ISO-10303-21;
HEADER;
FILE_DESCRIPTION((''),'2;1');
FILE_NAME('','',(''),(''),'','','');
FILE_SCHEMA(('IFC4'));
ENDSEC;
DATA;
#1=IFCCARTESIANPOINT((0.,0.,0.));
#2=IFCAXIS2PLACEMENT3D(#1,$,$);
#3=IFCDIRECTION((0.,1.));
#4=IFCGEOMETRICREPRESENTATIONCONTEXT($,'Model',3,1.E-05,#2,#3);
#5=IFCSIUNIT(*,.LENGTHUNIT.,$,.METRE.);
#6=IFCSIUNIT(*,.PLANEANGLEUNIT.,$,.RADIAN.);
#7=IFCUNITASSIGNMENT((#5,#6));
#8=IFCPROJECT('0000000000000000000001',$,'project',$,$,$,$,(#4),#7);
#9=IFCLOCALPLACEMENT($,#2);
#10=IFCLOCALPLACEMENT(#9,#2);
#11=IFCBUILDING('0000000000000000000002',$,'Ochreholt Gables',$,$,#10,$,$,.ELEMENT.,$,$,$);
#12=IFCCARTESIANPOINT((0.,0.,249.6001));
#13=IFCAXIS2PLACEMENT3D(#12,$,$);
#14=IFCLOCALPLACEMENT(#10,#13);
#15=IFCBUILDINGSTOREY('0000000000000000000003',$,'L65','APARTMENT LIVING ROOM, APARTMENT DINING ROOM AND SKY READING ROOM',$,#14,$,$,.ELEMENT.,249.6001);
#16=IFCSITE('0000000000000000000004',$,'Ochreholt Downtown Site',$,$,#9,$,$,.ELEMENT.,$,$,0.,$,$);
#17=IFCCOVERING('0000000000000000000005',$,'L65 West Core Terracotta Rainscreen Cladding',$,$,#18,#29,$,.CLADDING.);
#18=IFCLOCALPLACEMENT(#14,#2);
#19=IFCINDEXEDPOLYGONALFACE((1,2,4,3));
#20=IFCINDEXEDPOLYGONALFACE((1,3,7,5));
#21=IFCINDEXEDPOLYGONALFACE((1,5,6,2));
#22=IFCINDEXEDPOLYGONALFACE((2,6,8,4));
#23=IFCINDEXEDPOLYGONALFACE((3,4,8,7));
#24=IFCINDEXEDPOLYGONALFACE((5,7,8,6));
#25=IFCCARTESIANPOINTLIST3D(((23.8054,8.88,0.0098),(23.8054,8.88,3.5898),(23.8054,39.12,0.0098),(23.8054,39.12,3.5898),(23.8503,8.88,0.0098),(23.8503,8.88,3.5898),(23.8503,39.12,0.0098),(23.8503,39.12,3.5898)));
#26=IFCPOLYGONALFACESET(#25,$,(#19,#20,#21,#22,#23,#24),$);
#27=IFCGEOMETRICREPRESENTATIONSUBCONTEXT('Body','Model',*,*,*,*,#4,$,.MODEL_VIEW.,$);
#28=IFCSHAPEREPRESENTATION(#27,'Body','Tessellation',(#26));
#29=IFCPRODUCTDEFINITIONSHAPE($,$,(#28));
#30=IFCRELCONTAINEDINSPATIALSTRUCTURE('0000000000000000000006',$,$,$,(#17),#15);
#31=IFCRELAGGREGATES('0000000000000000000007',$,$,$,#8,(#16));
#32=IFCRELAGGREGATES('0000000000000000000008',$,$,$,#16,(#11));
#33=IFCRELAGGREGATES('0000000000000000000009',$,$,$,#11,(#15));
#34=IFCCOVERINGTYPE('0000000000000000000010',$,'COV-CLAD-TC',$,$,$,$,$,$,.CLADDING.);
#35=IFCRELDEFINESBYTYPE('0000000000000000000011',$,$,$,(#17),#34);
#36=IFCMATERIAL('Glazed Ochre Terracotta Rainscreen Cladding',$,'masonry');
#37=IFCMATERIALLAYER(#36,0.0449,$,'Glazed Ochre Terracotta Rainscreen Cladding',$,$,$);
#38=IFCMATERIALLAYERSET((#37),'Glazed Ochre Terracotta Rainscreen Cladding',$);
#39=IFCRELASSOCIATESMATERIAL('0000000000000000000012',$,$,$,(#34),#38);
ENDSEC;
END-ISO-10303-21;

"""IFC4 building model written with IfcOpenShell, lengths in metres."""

from ifc_helpers import new_model, si_unit, direction, frame, origin, origin_2d, place, context, subcontext, project, spatial, rectangle, extrude, material, layer, layer_set, type_object, element, save


model = new_model("IFC4")

# Units and contexts
model_context = context("Model", 3, precision=1e-05, world=origin(), true_north=direction((0.0, 1.0)))
body_context = subcontext(model_context, "Body", "Model", "MODEL_VIEW")
ifc_project = project(units=[si_unit("LENGTHUNIT", "METRE"), si_unit("PLANEANGLEUNIT", "RADIAN")], contexts=[model_context])

# Site, building, storey
site_placement = place(None, origin())
site = spatial("IfcSite", under=ifc_project, at=site_placement, Name="Ochreholt Downtown Site", CompositionType="ELEMENT", RefElevation=0.0)
building_placement = place(site_placement, origin())
building = spatial("IfcBuilding", under=site, at=building_placement, Name="Ochreholt Gables", CompositionType="ELEMENT")
storey_placement = place(building_placement, frame((0.0, 0.0, 249.6001)))
storey = spatial("IfcBuildingStorey", under=building, at=storey_placement, Name="L65", Description="APARTMENT LIVING ROOM, APARTMENT DINING ROOM AND SKY READING ROOM", CompositionType="ELEMENT", Elevation=249.6001)

# Covering
ifc_material_1 = material(Name="Glazed Ochre Terracotta Rainscreen Cladding", Category="masonry")
ifc_layer_1 = layer(ifc_material_1, 0.0449, Name="Glazed Ochre Terracotta Rainscreen Cladding")
ifc_layer_set_1 = layer_set([ifc_layer_1], Name="Glazed Ochre Terracotta Rainscreen Cladding")
covering_type = type_object("IfcCoveringType", Name="COV-CLAD-TC", PredefinedType="CLADDING", material=ifc_layer_set_1)
covering_placement = place(storey_placement, frame((23.8279, 24.0, 0.0098), z_axis=(0.0, 0.0, 1.0), x_axis=(0.0, 1.0, 0.0)))
element("IfcCovering", 1, at=covering_placement, inside=storey, type_object=covering_type, Name="L65 West Core Terracotta Rainscreen Cladding", PredefinedType="CLADDING", context=body_context, shape_type="SweptSolid", body=[
    extrude(rectangle(XDim=30.24, YDim=0.0449, at=origin_2d()), origin(), (0.0, 0.0, 1.0), 3.5801),
])

save(model, "model.ifc")
